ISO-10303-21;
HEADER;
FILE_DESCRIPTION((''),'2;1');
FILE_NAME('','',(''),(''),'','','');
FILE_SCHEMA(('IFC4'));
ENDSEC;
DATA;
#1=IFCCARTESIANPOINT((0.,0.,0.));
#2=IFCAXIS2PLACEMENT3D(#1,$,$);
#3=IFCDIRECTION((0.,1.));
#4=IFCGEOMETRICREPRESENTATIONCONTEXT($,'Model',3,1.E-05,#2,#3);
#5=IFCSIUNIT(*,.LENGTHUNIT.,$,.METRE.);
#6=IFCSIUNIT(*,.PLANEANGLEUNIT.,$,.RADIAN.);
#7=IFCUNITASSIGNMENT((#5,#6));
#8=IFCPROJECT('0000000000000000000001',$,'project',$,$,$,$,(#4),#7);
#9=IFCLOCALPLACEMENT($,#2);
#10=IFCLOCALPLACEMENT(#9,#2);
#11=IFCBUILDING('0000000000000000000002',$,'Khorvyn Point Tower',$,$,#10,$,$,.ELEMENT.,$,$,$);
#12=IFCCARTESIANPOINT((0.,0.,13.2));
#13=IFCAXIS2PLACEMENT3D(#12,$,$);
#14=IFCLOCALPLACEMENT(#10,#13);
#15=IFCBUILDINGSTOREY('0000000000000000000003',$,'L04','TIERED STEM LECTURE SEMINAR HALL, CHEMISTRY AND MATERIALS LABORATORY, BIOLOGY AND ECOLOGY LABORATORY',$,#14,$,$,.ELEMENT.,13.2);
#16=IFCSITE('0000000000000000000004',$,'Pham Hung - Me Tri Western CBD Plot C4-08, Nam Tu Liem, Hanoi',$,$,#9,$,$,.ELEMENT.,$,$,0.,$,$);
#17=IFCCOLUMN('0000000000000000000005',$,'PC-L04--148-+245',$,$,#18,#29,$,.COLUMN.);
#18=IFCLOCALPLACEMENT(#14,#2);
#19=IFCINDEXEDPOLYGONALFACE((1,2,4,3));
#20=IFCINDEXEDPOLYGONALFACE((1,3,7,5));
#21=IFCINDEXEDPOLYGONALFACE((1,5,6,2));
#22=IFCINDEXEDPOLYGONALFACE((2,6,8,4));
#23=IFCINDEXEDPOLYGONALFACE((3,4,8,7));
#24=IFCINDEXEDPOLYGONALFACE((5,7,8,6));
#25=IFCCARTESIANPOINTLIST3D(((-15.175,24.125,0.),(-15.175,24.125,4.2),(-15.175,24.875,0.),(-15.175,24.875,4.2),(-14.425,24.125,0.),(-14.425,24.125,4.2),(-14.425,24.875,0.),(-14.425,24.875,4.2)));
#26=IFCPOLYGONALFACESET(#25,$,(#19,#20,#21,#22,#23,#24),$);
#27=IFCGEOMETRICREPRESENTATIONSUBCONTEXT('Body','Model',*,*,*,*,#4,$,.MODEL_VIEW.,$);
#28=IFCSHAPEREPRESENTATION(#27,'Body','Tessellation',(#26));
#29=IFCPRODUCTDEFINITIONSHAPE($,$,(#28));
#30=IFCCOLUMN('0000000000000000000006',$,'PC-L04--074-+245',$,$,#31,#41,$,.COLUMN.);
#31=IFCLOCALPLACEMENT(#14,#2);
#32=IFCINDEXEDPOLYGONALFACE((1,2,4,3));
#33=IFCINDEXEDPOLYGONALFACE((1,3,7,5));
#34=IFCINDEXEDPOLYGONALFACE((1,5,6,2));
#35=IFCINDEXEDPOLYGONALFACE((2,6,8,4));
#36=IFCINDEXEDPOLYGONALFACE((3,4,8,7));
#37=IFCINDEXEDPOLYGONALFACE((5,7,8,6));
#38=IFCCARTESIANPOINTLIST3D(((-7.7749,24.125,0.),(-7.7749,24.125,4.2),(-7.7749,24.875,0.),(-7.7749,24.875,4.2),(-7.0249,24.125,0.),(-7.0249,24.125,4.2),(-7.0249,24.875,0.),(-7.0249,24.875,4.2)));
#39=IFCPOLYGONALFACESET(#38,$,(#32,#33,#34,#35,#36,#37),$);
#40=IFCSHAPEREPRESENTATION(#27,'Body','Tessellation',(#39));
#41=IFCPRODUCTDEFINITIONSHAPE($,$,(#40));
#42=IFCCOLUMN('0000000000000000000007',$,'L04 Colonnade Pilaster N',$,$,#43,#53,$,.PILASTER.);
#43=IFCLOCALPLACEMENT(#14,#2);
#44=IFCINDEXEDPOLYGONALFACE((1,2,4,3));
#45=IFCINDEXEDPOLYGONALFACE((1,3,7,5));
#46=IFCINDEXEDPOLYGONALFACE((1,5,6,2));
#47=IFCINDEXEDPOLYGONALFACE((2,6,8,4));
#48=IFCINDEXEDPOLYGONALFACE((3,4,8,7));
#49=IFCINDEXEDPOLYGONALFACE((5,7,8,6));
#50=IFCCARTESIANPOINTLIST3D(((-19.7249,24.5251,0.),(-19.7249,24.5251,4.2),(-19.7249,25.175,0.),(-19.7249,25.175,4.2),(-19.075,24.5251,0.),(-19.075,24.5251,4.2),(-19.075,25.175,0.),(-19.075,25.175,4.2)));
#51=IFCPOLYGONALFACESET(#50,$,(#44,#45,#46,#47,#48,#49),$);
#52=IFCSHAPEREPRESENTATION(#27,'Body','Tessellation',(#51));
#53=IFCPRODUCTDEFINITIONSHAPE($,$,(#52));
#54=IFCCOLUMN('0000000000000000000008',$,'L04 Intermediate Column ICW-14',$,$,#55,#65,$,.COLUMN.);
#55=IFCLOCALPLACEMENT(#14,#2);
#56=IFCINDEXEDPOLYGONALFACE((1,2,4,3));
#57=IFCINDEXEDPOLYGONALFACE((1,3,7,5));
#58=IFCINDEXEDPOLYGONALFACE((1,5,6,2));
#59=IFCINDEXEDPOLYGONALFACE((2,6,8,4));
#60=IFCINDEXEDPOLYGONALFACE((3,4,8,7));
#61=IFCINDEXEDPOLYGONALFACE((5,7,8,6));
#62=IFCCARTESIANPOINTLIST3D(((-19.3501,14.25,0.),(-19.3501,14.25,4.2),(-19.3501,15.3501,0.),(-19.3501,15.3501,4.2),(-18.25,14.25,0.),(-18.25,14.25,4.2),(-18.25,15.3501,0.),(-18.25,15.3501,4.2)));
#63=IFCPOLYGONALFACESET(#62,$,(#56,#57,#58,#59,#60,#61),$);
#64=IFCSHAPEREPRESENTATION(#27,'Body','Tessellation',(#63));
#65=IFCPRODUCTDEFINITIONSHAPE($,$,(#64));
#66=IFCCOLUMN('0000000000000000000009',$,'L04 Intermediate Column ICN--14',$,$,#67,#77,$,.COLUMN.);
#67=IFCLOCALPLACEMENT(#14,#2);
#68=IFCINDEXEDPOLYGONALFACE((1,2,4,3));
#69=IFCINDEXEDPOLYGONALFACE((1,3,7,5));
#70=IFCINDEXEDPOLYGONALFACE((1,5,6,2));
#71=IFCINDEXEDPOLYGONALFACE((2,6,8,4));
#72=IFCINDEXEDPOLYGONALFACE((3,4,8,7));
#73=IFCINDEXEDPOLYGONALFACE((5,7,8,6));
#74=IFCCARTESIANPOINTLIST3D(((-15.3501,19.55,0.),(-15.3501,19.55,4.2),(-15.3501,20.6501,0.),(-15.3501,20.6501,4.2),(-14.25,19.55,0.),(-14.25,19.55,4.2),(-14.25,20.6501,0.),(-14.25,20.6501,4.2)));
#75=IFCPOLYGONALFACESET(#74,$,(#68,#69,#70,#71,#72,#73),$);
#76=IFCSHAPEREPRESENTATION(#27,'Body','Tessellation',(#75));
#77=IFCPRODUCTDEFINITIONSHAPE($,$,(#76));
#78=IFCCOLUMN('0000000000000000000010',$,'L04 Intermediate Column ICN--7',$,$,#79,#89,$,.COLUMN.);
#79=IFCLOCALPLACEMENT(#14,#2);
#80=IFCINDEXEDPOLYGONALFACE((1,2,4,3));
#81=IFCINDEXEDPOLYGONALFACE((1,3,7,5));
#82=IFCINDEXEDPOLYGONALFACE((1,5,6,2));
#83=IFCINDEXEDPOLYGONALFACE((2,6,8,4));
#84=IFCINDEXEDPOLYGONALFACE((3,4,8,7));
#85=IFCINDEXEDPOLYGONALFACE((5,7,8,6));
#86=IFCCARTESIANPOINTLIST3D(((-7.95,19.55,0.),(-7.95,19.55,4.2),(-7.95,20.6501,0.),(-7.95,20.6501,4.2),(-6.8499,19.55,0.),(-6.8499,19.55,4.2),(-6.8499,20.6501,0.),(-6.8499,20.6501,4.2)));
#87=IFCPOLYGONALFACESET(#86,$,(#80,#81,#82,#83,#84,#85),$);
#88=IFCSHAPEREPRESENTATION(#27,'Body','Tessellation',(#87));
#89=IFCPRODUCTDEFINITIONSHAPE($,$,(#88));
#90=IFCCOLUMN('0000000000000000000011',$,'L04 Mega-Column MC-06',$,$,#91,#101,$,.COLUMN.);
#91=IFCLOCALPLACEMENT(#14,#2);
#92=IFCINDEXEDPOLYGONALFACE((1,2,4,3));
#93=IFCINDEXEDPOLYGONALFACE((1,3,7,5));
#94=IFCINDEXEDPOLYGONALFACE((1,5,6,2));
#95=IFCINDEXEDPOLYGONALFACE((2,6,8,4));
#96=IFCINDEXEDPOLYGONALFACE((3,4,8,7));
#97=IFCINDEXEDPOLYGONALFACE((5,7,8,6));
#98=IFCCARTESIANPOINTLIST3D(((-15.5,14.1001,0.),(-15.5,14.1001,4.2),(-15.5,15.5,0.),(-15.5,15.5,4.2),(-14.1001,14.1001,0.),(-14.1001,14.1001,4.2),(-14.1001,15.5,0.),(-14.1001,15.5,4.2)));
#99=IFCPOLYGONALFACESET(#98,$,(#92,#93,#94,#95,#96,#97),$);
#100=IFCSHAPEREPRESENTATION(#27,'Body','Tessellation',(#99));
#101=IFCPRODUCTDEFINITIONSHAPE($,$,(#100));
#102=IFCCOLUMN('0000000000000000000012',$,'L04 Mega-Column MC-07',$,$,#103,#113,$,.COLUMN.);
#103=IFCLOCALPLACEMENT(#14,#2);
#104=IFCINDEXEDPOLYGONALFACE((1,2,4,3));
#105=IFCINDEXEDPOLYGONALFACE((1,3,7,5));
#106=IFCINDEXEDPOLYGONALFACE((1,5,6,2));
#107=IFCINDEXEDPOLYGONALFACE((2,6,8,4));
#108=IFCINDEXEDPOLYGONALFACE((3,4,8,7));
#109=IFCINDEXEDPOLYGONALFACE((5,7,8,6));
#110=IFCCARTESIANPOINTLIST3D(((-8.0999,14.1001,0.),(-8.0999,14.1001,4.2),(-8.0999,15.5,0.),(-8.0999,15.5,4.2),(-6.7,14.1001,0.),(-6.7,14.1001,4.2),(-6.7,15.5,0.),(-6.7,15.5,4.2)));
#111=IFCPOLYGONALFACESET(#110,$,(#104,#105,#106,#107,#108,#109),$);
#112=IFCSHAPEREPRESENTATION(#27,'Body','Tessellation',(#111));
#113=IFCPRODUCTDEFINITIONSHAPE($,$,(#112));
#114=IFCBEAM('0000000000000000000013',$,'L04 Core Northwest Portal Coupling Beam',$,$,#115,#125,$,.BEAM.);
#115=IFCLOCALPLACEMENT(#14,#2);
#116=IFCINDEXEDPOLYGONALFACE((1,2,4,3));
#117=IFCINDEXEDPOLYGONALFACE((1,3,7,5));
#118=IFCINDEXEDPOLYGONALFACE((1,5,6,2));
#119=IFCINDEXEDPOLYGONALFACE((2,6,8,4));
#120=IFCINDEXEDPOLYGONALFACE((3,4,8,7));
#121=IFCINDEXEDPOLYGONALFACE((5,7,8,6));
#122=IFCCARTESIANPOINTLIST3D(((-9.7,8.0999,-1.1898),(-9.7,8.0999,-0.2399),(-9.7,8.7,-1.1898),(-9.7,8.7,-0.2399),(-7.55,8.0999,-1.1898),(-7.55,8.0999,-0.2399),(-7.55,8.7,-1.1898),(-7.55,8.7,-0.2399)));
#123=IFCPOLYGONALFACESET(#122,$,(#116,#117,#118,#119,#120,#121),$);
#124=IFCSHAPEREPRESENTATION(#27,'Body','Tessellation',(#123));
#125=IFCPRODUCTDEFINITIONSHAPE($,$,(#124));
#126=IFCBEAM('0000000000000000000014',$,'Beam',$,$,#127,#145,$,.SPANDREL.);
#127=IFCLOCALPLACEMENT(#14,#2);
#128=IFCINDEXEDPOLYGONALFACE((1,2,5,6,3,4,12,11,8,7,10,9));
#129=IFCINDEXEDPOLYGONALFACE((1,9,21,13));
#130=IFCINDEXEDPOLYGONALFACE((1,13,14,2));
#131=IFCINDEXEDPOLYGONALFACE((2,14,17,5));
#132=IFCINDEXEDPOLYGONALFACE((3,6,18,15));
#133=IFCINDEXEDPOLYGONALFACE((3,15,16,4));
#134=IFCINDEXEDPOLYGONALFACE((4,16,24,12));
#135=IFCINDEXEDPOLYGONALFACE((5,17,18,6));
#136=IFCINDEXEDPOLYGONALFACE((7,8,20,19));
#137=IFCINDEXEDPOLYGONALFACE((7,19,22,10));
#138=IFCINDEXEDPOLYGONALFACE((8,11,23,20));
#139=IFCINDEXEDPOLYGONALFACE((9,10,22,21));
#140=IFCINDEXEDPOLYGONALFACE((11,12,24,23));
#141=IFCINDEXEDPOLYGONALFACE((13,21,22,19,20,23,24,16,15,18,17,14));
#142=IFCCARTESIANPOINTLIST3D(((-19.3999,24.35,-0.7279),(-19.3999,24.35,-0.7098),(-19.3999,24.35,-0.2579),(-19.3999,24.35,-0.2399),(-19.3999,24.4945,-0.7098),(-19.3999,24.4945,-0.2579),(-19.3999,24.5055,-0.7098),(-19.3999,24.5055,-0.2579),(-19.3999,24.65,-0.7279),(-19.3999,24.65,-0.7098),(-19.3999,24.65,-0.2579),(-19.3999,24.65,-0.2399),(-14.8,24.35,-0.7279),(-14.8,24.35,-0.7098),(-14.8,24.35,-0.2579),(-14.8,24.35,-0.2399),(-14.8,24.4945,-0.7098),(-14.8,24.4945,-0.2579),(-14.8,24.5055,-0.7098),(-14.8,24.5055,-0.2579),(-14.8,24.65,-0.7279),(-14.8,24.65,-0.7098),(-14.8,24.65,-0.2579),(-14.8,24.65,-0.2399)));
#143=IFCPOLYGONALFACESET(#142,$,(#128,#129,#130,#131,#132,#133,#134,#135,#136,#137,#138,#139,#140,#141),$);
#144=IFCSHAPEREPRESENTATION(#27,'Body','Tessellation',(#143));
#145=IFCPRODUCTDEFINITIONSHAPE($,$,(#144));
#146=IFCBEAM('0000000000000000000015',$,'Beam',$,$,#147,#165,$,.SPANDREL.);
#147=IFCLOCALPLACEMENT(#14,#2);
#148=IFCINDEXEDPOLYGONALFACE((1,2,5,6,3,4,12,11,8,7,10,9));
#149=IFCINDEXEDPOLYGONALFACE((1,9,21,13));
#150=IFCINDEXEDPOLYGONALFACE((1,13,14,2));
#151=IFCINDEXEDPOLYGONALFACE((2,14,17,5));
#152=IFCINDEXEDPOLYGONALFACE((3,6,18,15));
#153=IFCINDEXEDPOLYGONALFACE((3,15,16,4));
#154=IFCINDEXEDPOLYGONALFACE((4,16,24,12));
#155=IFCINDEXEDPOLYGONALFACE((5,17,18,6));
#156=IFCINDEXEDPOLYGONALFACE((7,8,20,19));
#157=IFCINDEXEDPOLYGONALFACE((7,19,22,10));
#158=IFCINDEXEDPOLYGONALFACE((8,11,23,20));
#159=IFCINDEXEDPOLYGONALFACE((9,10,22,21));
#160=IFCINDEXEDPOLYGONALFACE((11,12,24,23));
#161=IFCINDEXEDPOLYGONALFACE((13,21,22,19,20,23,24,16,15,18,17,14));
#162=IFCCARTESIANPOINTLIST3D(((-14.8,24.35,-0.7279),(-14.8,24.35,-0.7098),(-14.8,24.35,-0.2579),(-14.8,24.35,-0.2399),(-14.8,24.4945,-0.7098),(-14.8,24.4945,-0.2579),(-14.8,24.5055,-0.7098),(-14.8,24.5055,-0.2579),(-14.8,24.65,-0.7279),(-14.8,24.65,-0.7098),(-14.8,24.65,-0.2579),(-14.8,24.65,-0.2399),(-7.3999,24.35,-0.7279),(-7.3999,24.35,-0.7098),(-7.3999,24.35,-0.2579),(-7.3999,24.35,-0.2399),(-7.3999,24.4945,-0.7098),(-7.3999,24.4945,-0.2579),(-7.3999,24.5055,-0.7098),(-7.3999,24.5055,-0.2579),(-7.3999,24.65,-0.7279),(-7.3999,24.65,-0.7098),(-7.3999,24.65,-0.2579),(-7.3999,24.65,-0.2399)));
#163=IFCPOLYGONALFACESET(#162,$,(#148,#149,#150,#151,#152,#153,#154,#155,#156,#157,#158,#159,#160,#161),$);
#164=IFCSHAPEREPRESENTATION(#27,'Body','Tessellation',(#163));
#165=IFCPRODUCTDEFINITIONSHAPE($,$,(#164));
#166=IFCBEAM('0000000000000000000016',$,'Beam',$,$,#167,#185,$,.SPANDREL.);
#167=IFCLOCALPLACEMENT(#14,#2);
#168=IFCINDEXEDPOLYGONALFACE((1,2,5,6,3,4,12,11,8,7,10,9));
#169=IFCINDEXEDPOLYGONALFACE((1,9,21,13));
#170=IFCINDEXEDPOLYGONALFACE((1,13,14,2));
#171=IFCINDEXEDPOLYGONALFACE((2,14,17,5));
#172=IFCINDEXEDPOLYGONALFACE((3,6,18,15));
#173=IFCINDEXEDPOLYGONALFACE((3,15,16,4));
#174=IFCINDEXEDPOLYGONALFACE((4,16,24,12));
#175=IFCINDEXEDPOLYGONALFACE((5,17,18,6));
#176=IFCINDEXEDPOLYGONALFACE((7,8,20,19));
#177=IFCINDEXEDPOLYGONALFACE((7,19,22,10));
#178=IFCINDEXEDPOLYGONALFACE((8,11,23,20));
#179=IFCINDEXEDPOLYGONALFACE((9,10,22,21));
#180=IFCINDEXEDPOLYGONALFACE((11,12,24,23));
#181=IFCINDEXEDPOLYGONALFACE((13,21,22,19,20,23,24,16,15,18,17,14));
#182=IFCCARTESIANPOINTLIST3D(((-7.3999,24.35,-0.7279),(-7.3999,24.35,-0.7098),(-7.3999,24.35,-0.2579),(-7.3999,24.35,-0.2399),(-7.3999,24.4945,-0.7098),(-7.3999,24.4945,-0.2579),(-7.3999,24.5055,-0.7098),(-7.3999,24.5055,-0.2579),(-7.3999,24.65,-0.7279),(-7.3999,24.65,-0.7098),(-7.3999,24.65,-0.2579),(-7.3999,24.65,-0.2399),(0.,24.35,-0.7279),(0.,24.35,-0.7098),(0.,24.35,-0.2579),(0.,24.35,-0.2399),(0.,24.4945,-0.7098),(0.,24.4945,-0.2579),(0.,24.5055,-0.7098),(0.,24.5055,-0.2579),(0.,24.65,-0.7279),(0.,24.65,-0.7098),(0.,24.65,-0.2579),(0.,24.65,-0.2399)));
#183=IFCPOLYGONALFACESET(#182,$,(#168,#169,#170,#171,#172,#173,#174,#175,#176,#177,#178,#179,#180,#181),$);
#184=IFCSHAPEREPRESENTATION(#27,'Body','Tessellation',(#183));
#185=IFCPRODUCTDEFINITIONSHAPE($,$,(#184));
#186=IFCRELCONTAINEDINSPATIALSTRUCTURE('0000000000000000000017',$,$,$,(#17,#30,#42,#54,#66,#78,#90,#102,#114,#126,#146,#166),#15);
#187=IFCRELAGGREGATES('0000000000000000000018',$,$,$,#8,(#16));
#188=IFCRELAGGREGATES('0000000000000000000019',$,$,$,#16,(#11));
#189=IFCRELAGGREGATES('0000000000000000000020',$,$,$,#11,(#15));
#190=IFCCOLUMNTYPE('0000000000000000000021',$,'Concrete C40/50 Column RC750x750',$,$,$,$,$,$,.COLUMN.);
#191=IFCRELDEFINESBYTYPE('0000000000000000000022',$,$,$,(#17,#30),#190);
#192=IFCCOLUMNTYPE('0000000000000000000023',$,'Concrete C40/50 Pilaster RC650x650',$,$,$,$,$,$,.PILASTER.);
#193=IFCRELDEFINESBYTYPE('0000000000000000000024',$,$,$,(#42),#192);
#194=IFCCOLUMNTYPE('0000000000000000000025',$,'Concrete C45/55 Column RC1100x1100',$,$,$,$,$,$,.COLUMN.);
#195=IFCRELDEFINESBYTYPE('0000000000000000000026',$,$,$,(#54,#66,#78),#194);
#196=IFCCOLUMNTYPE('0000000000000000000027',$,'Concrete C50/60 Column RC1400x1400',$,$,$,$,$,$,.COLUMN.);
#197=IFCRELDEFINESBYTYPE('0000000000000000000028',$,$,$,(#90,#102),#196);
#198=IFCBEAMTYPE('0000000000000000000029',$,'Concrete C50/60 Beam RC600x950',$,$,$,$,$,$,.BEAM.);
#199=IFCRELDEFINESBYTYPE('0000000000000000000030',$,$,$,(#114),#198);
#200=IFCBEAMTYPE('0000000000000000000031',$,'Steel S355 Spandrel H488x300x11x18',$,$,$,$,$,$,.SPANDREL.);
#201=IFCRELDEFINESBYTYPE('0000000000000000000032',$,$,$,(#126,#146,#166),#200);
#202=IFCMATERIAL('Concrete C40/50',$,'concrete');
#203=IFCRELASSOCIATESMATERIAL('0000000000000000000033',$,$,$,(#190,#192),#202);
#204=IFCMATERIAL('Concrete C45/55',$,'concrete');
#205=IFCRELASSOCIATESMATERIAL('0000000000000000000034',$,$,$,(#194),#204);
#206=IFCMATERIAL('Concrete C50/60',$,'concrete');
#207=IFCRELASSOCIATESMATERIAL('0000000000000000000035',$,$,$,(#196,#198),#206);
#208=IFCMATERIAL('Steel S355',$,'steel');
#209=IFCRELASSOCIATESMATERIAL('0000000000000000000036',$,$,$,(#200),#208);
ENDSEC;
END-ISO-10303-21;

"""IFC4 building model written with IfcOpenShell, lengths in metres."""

from ifc_helpers import new_model, si_unit, direction, frame, origin, origin_2d, place, context, subcontext, project, spatial, rectangle, i_section, extrude, material, material_profile, profile_set, type_object, element, save


model = new_model("IFC4")

# Units and contexts
model_context = context("Model", 3, precision=1e-05, world=origin(), true_north=direction((0.0, 1.0)))
body_context = subcontext(model_context, "Body", "Model", "MODEL_VIEW")
ifc_project = project(units=[si_unit("LENGTHUNIT", "METRE"), si_unit("PLANEANGLEUNIT", "RADIAN")], contexts=[model_context])

# Site, building, storey
site_placement = place(None, origin())
site = spatial("IfcSite", under=ifc_project, at=site_placement, Name="Pham Hung - Me Tri Western CBD Plot C4-08, Nam Tu Liem, Hanoi", CompositionType="ELEMENT", RefElevation=0.0)
building_placement = place(site_placement, origin())
building = spatial("IfcBuilding", under=site, at=building_placement, Name="Khorvyn Point Tower", CompositionType="ELEMENT")
storey_placement = place(building_placement, frame((0.0, 0.0, 13.2)))
storey = spatial("IfcBuildingStorey", under=building, at=storey_placement, Name="L04", Description="TIERED STEM LECTURE SEMINAR HALL, CHEMISTRY AND MATERIALS LABORATORY, BIOLOGY AND ECOLOGY LABORATORY", CompositionType="ELEMENT", Elevation=13.2)

# Columns
ifc_material_1 = material(Name="Concrete C40/50", Category="concrete")
ifc_material_profile_1 = material_profile(ifc_material_1, rectangle(XDim=0.75, YDim=0.75, at=origin_2d()))
ifc_profile_set_1 = profile_set([ifc_material_profile_1], Name="Concrete C40/50 RC750x750")
column_type_1 = type_object("IfcColumnType", Name="Concrete C40/50 Column RC750x750", PredefinedType="COLUMN", material=ifc_profile_set_1)
for number, where, z_axis, x_axis, name in (
    (1, (-14.8, 24.5, 0.0), (0.0, 0.0, 1.0), (1.0, 0.0, 0.0), "PC-L04--148-+245"),
    (2, (-7.3999, 24.5, 0.0), (0.0, 0.0, 1.0), (1.0, 0.0, 0.0), "PC-L04--074-+245"),
):
    element("IfcColumn", number, at=place(storey_placement, frame(where, z_axis=z_axis, x_axis=x_axis)), inside=storey, type_object=column_type_1, Name=name, PredefinedType="COLUMN", context=body_context, shape_type="SweptSolid", body=[
        extrude(rectangle(XDim=0.75, YDim=0.75, at=origin_2d()), origin(), (0.0, 0.0, 1.0), 4.2),
    ])
ifc_material_profile_2 = material_profile(ifc_material_1, rectangle(XDim=0.6499, YDim=0.6499, at=origin_2d()))
ifc_profile_set_2 = profile_set([ifc_material_profile_2], Name="Concrete C40/50 RC650x650")
column_type_2 = type_object("IfcColumnType", Name="Concrete C40/50 Pilaster RC650x650", PredefinedType="PILASTER", material=ifc_profile_set_2)
column_placement = place(storey_placement, frame((-19.3999, 24.8501, 0.0), z_axis=(0.0, 0.0, 1.0), x_axis=(1.0, 0.0, 0.0)))
element("IfcColumn", 3, at=column_placement, inside=storey, type_object=column_type_2, Name="L04 Colonnade Pilaster N", PredefinedType="PILASTER", context=body_context, shape_type="SweptSolid", body=[
    extrude(rectangle(XDim=0.6499, YDim=0.6499, at=origin_2d()), origin(), (0.0, 0.0, 1.0), 4.2),
])
ifc_material_2 = material(Name="Concrete C45/55", Category="concrete")
ifc_material_profile_3 = material_profile(ifc_material_2, rectangle(XDim=1.1001, YDim=1.1001, at=origin_2d()))
ifc_profile_set_3 = profile_set([ifc_material_profile_3], Name="Concrete C45/55 RC1100x1100")
column_type_3 = type_object("IfcColumnType", Name="Concrete C45/55 Column RC1100x1100", PredefinedType="COLUMN", material=ifc_profile_set_3)
for number, where, z_axis, x_axis, name in (
    (4, (-18.8, 14.8, 0.0), (0.0, 0.0, 1.0), (1.0, 0.0, 0.0), "L04 Intermediate Column ICW-14"),
    (5, (-14.8, 20.1001, 0.0), (0.0, 0.0, 1.0), (1.0, 0.0, 0.0), "L04 Intermediate Column ICN--14"),
    (6, (-7.3999, 20.1001, 0.0), (0.0, 0.0, 1.0), (1.0, 0.0, 0.0), "L04 Intermediate Column ICN--7"),
):
    element("IfcColumn", number, at=place(storey_placement, frame(where, z_axis=z_axis, x_axis=x_axis)), inside=storey, type_object=column_type_3, Name=name, PredefinedType="COLUMN", context=body_context, shape_type="SweptSolid", body=[
        extrude(rectangle(XDim=1.1001, YDim=1.1001, at=origin_2d()), origin(), (0.0, 0.0, 1.0), 4.2),
    ])
ifc_material_3 = material(Name="Concrete C50/60", Category="concrete")
ifc_material_profile_4 = material_profile(ifc_material_3, rectangle(XDim=1.3999, YDim=1.3999, at=origin_2d()))
ifc_profile_set_4 = profile_set([ifc_material_profile_4], Name="Concrete C50/60 RC1400x1400")
column_type_4 = type_object("IfcColumnType", Name="Concrete C50/60 Column RC1400x1400", PredefinedType="COLUMN", material=ifc_profile_set_4)
for number, where, z_axis, x_axis, name in (
    (7, (-14.8, 14.8, 0.0), (0.0, 0.0, 1.0), (1.0, 0.0, 0.0), "L04 Mega-Column MC-06"),
    (8, (-7.3999, 14.8, 0.0), (0.0, 0.0, 1.0), (1.0, 0.0, 0.0), "L04 Mega-Column MC-07"),
):
    element("IfcColumn", number, at=place(storey_placement, frame(where, z_axis=z_axis, x_axis=x_axis)), inside=storey, type_object=column_type_4, Name=name, PredefinedType="COLUMN", context=body_context, shape_type="SweptSolid", body=[
        extrude(rectangle(XDim=1.3999, YDim=1.3999, at=origin_2d()), origin(), (0.0, 0.0, 1.0), 4.2),
    ])

# Beams
ifc_material_profile_5 = material_profile(ifc_material_3, rectangle(XDim=0.6001, YDim=0.95, at=origin_2d()))
ifc_profile_set_5 = profile_set([ifc_material_profile_5], Name="Concrete C50/60 RC600x950")
beam_type_1 = type_object("IfcBeamType", Name="Concrete C50/60 Beam RC600x950", PredefinedType="BEAM", material=ifc_profile_set_5)
beam_1_placement = place(storey_placement, frame((-9.7, 8.3999, -0.7148), z_axis=(1.0, 0.0, 0.0), x_axis=(0.0, 1.0, 0.0)))
element("IfcBeam", 9, at=beam_1_placement, inside=storey, type_object=beam_type_1, Name="L04 Core Northwest Portal Coupling Beam", PredefinedType="BEAM", context=body_context, shape_type="SweptSolid", body=[
    extrude(rectangle(XDim=0.6001, YDim=0.95, at=origin_2d()), origin(), (0.0, 0.0, 1.0), 2.1499),
])
ifc_material_4 = material(Name="Steel S355", Category="steel")
ifc_material_profile_6 = material_profile(ifc_material_4, i_section(OverallWidth=0.3, OverallDepth=0.488, WebThickness=0.011, FlangeThickness=0.0181, at=origin_2d()))
ifc_profile_set_6 = profile_set([ifc_material_profile_6], Name="Steel S355 H488x300x11x18")
beam_type_2 = type_object("IfcBeamType", Name="Steel S355 Spandrel H488x300x11x18", PredefinedType="SPANDREL", material=ifc_profile_set_6)
beam_2_placement = place(storey_placement, frame((-19.3999, 24.5, -0.4839), z_axis=(1.0, 0.0, 0.0), x_axis=(0.0, 1.0, 0.0)))
element("IfcBeam", 10, at=beam_2_placement, inside=storey, type_object=beam_type_2, Name="Beam", PredefinedType="SPANDREL", context=body_context, shape_type="SweptSolid", body=[
    extrude(i_section(OverallWidth=0.3, OverallDepth=0.488, WebThickness=0.011, FlangeThickness=0.0181, at=origin_2d()), origin(), (0.0, 0.0, 1.0), 4.5999),
])
beam_3_placement = place(storey_placement, frame((-14.8, 24.5, -0.4839), z_axis=(1.0, 0.0, 0.0), x_axis=(0.0, 1.0, 0.0)))
element("IfcBeam", 11, at=beam_3_placement, inside=storey, type_object=beam_type_2, Name="Beam", PredefinedType="SPANDREL", context=body_context, shape_type="SweptSolid", body=[
    extrude(i_section(OverallWidth=0.3, OverallDepth=0.488, WebThickness=0.011, FlangeThickness=0.0181, at=origin_2d()), origin(), (0.0, 0.0, 1.0), 7.4001),
])
beam_4_placement = place(storey_placement, frame((-7.3999, 24.5, -0.4839), z_axis=(1.0, 0.0, 0.0), x_axis=(0.0, 1.0, 0.0)))
element("IfcBeam", 12, at=beam_4_placement, inside=storey, type_object=beam_type_2, Name="Beam", PredefinedType="SPANDREL", context=body_context, shape_type="SweptSolid", body=[
    extrude(i_section(OverallWidth=0.3, OverallDepth=0.488, WebThickness=0.011, FlangeThickness=0.0181, at=origin_2d()), origin(), (0.0, 0.0, 1.0), 7.3999),
])

save(model, "model.ifc")
